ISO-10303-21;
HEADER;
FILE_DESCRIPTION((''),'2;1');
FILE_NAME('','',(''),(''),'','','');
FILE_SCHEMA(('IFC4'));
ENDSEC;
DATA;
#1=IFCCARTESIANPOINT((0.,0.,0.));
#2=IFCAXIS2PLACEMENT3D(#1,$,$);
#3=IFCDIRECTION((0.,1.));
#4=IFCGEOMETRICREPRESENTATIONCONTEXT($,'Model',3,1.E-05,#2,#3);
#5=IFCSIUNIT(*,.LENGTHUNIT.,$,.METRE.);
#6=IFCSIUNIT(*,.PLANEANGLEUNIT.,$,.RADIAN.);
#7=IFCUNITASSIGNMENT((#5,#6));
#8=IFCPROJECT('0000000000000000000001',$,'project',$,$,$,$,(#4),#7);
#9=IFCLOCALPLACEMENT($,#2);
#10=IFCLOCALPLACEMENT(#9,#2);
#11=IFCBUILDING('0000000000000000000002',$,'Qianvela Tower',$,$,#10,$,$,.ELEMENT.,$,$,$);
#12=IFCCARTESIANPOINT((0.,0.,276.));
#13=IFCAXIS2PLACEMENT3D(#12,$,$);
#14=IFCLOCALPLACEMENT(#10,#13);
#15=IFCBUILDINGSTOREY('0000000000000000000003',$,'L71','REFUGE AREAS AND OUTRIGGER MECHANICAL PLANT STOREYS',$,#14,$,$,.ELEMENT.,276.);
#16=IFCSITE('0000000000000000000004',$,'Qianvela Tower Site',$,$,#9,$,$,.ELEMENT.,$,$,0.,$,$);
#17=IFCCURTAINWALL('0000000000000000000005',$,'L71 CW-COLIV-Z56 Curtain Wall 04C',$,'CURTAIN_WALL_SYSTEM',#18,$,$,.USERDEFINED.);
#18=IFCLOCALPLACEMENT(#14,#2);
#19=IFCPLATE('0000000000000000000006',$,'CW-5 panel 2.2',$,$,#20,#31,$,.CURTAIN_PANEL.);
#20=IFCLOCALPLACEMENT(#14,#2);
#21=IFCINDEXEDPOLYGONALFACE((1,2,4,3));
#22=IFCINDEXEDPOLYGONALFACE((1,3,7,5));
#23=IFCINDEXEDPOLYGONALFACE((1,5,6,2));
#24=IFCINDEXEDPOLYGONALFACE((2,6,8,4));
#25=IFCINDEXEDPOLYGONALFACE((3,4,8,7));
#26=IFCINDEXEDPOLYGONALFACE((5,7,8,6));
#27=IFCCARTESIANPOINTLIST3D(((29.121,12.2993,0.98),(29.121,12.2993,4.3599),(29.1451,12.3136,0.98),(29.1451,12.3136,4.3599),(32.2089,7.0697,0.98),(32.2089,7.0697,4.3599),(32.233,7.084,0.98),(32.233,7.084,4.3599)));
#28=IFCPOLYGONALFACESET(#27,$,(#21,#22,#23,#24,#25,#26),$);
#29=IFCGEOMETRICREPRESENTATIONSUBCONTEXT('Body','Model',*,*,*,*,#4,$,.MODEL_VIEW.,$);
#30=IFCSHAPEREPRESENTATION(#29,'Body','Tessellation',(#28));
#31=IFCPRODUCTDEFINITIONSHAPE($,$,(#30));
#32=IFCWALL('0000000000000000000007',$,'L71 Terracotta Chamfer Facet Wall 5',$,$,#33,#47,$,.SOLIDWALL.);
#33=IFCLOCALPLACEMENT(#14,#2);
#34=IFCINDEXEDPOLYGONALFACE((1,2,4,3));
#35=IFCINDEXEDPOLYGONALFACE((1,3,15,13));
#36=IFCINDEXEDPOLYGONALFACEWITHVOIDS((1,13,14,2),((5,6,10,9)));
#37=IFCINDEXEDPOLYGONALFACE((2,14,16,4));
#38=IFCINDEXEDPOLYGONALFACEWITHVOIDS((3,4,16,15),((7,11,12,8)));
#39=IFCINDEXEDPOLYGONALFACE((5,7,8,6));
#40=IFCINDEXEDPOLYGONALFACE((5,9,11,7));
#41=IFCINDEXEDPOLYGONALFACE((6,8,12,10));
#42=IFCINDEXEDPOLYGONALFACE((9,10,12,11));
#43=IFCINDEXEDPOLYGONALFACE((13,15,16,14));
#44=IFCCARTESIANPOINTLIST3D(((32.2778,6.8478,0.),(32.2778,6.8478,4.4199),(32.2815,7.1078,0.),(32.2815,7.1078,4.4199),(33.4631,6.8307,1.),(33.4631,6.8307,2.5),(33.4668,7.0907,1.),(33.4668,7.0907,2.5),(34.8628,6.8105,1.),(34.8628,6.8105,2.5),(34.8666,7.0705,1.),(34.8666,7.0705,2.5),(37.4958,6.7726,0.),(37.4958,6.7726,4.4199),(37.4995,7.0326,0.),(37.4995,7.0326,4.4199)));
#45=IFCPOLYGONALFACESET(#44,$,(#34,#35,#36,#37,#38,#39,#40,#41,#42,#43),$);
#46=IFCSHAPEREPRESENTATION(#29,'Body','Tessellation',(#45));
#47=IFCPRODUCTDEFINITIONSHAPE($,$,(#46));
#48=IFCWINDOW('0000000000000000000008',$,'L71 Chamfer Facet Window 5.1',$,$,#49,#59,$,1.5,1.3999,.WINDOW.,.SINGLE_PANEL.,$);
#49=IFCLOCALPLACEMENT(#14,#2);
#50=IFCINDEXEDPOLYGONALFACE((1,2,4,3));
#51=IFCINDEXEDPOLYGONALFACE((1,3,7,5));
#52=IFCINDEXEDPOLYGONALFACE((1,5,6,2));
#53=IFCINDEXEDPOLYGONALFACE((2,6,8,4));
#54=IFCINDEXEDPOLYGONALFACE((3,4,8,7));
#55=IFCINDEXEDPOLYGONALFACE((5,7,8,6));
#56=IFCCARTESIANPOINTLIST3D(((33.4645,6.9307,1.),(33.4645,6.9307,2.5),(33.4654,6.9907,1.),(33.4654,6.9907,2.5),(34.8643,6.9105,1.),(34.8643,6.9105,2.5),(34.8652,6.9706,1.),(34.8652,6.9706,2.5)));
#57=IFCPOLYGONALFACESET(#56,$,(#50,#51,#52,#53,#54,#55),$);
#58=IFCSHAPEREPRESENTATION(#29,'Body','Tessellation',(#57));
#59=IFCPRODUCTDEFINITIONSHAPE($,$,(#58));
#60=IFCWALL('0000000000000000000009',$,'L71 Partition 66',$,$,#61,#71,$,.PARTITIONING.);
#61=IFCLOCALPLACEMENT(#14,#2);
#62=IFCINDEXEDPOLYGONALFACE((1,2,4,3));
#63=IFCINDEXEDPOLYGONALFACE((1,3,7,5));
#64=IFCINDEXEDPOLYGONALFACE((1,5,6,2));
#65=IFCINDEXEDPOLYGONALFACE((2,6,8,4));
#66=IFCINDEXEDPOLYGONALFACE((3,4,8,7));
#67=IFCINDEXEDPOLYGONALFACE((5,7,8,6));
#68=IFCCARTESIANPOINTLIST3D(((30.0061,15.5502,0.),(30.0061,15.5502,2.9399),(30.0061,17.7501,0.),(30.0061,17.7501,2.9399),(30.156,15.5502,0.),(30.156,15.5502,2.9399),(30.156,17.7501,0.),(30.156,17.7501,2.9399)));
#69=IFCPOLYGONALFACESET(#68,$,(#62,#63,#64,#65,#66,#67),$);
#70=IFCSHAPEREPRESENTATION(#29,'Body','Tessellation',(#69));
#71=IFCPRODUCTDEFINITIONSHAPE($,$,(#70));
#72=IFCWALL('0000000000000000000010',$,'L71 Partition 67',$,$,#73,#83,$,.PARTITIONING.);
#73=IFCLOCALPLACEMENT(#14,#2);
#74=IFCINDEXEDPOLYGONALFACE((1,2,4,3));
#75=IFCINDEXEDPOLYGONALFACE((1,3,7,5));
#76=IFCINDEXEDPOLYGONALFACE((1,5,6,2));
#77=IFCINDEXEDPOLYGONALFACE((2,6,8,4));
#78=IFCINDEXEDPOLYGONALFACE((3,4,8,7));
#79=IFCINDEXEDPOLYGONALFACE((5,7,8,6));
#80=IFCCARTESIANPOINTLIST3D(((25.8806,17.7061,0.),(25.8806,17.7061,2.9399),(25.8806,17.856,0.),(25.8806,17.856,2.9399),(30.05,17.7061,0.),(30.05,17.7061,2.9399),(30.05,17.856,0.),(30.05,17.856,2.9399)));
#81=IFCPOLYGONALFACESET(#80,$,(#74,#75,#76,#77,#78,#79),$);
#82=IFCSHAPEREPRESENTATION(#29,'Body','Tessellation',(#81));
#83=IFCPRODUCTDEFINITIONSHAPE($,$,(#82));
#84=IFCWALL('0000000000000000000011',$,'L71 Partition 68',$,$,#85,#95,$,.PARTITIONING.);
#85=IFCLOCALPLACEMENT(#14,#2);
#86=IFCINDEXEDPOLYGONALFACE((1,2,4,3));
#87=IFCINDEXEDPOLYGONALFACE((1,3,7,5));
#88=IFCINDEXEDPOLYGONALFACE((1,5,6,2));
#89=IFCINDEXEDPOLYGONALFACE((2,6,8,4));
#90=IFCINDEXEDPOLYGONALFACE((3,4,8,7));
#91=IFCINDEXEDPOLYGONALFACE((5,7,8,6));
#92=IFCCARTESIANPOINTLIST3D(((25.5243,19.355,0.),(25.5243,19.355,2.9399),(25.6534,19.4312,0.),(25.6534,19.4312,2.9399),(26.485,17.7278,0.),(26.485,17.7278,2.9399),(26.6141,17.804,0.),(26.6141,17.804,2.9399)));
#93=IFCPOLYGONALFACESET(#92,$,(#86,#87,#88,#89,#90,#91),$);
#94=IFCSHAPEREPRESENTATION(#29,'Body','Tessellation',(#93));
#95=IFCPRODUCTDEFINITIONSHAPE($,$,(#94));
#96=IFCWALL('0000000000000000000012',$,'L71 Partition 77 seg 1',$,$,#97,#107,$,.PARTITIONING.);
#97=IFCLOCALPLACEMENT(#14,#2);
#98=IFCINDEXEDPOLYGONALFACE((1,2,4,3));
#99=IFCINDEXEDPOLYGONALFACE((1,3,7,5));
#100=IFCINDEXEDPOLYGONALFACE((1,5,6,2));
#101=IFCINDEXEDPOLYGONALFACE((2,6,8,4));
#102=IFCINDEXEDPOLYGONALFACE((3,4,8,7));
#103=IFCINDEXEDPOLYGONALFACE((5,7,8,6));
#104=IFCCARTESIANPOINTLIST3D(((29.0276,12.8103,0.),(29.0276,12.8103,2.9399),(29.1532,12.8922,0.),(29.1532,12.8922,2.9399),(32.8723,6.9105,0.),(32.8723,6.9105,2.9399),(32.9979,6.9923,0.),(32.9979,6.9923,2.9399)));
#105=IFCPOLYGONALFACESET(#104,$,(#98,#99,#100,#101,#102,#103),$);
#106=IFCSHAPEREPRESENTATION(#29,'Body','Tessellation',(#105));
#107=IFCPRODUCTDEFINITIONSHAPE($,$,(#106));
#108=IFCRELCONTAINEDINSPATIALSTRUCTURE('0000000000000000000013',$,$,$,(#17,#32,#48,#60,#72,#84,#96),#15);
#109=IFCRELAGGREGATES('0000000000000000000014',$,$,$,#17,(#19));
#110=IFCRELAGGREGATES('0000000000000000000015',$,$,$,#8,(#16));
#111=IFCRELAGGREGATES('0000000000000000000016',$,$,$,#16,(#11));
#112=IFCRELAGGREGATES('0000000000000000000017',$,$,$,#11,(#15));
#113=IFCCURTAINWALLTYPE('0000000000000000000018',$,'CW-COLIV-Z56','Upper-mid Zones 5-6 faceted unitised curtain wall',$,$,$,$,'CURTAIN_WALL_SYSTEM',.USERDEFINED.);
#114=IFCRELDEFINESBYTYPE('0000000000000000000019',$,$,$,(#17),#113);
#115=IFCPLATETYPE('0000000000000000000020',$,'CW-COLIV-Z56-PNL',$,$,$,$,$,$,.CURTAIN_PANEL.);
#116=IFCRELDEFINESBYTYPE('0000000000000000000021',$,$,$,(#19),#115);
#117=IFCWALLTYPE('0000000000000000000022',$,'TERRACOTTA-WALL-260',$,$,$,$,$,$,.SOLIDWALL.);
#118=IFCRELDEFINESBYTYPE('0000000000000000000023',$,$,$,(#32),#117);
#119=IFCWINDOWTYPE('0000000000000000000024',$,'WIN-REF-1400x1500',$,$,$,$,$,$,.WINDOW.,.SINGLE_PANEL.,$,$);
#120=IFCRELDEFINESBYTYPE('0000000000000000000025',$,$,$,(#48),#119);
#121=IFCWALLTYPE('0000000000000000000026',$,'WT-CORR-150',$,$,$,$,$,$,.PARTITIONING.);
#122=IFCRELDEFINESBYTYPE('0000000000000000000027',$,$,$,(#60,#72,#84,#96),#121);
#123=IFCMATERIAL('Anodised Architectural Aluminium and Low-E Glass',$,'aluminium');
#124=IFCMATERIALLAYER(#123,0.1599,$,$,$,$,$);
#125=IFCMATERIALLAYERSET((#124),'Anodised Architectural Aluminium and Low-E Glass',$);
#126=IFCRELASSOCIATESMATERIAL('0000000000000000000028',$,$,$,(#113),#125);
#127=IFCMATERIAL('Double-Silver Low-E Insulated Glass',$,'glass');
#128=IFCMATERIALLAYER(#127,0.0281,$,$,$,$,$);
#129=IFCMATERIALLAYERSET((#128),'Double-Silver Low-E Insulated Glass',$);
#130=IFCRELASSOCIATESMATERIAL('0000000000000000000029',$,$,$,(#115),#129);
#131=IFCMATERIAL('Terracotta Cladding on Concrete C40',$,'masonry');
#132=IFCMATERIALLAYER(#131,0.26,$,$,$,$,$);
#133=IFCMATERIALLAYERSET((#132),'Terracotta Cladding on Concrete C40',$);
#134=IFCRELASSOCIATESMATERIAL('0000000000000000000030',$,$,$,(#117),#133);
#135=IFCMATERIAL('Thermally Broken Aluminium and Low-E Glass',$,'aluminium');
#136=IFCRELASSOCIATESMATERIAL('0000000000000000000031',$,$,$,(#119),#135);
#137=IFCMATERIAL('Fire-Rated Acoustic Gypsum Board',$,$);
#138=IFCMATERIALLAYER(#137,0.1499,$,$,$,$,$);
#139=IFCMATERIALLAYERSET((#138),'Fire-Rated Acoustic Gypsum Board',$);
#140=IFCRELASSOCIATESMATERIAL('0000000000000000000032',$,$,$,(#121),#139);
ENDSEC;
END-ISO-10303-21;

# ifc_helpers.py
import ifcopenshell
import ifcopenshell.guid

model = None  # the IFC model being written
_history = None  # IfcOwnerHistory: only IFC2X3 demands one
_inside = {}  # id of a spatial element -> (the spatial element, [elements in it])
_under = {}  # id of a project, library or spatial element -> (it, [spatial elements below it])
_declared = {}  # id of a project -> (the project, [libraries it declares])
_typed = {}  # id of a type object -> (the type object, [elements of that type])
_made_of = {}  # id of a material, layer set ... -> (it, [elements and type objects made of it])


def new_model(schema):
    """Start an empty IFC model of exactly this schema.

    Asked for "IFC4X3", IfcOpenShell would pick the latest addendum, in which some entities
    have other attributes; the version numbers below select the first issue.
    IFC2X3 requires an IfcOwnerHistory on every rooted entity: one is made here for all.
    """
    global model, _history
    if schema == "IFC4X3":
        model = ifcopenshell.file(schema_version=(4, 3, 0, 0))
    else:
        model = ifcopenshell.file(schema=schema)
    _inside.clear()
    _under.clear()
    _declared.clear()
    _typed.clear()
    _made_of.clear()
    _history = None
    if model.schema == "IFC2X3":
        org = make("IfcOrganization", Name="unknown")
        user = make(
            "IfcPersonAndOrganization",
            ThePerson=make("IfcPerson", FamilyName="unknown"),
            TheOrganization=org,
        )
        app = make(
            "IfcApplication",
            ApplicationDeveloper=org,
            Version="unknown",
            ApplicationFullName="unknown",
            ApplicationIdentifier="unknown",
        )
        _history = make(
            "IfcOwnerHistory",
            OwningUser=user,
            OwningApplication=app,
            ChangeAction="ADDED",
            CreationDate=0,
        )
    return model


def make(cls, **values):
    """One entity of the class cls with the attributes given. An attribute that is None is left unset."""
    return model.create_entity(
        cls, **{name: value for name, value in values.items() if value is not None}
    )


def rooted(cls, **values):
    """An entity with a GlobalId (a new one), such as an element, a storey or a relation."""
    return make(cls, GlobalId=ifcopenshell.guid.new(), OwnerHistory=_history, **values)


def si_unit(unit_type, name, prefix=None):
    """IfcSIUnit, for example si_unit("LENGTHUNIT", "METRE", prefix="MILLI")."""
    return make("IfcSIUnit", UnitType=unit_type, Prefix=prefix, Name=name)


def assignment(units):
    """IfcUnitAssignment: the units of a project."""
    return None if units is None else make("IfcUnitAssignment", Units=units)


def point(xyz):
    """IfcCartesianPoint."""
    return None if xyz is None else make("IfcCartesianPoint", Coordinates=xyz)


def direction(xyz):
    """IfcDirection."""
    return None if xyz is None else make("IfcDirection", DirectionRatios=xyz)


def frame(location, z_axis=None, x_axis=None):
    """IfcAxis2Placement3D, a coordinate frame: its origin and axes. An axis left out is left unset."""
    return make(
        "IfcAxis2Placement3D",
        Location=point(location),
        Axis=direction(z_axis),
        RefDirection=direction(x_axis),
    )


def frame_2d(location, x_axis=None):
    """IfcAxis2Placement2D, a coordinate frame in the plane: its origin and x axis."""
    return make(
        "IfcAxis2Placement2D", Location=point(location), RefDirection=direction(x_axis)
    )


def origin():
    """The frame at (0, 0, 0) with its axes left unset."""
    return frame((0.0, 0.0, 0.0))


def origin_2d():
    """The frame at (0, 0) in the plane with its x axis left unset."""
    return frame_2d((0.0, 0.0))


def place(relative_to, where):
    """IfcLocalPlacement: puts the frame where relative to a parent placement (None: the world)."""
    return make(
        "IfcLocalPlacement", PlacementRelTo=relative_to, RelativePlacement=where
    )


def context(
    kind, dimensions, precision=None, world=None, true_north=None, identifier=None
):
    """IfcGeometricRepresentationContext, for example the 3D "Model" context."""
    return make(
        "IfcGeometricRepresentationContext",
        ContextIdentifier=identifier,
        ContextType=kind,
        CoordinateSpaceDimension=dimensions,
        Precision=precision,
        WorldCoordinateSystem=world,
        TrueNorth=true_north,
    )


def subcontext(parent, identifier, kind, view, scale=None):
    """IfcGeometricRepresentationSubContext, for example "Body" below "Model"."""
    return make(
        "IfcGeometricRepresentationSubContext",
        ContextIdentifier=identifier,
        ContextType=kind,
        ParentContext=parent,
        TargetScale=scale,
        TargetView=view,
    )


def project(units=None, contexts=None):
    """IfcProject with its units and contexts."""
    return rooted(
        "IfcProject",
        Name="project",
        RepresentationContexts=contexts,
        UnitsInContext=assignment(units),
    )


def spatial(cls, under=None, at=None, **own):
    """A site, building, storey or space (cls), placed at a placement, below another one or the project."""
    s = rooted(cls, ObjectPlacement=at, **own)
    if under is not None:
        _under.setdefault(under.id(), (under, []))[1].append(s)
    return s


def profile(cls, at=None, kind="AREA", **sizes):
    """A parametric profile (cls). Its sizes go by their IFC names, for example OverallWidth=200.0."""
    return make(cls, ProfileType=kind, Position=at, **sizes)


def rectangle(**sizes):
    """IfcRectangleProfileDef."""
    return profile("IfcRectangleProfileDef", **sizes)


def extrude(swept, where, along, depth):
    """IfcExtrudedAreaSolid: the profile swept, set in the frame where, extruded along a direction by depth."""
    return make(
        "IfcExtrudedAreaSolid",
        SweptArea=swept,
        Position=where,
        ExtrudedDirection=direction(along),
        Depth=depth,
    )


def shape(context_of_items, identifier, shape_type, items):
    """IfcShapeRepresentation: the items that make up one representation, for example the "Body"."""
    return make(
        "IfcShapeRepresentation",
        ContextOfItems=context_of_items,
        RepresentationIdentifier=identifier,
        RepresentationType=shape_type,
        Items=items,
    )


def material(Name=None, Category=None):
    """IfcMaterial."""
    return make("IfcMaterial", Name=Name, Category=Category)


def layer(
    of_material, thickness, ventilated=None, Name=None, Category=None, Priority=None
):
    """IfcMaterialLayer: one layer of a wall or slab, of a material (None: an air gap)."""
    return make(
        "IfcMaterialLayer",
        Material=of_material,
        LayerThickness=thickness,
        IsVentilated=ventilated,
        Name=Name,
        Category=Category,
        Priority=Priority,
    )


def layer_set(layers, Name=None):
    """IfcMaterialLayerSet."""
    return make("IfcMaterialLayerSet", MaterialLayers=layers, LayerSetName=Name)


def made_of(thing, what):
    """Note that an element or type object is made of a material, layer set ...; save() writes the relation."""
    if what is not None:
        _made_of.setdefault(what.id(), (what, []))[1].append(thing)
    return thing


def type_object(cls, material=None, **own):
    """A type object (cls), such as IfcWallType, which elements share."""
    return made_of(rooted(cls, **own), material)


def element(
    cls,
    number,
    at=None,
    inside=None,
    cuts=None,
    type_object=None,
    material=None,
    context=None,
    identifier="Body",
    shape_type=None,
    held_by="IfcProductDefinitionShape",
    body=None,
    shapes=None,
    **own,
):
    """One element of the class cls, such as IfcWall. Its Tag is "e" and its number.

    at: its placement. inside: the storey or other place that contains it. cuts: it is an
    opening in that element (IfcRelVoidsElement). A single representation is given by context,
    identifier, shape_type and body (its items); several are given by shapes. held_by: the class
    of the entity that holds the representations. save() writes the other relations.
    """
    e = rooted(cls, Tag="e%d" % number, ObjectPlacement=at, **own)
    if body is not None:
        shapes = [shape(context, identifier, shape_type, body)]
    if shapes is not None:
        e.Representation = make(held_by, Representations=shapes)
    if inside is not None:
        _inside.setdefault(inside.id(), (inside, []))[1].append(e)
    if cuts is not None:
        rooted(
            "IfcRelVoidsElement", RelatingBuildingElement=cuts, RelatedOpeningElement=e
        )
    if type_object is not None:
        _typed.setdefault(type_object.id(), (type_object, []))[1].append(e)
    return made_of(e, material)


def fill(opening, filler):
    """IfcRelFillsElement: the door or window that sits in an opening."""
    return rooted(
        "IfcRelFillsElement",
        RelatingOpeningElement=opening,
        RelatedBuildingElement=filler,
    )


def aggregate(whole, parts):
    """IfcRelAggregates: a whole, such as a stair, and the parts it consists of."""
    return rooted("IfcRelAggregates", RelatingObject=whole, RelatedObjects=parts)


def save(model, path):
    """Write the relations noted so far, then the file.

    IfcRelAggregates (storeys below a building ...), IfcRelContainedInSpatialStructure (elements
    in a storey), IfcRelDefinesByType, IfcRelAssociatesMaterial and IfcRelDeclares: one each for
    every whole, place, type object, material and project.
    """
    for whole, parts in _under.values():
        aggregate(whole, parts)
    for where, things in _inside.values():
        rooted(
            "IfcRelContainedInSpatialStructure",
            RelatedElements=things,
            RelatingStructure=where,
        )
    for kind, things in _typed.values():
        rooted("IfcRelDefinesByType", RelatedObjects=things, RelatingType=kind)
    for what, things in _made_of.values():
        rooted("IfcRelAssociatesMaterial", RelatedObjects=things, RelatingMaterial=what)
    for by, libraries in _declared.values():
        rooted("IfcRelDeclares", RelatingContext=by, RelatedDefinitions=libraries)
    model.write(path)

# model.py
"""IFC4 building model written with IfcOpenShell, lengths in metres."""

from ifc_helpers import new_model, si_unit, direction, frame, frame_2d, origin, origin_2d, place, context, subcontext, project, spatial, rectangle, extrude, material, layer, layer_set, type_object, element, fill, aggregate, save


model = new_model("IFC4")

# Units and contexts
model_context = context("Model", 3, precision=1e-05, world=origin(), true_north=direction((0.0, 1.0)))
body_context = subcontext(model_context, "Body", "Model", "MODEL_VIEW")
ifc_project = project(units=[si_unit("LENGTHUNIT", "METRE"), si_unit("PLANEANGLEUNIT", "RADIAN")], contexts=[model_context])

# Site, building, storey
site_placement = place(None, origin())
site = spatial("IfcSite", under=ifc_project, at=site_placement, Name="Qianvela Tower Site", CompositionType="ELEMENT", RefElevation=0.0)
building_placement = place(site_placement, origin())
building = spatial("IfcBuilding", under=site, at=building_placement, Name="Qianvela Tower", CompositionType="ELEMENT")
storey_placement = place(building_placement, frame((0.0, 0.0, 276.0)))
storey = spatial("IfcBuildingStorey", under=building, at=storey_placement, Name="L71", Description="REFUGE AREAS AND OUTRIGGER MECHANICAL PLANT STOREYS", CompositionType="ELEMENT", Elevation=276.0)

# Curtain wall, plate
ifc_material_1 = material(Name="Anodised Architectural Aluminium and Low-E Glass", Category="aluminium")
ifc_layer_1 = layer(ifc_material_1, 0.1599)
ifc_layer_set_1 = layer_set([ifc_layer_1], Name="Anodised Architectural Aluminium and Low-E Glass")
curtain_wall_type = type_object("IfcCurtainWallType", Name="CW-COLIV-Z56", Description="Upper-mid Zones 5-6 faceted unitised curtain wall", ElementType="CURTAIN_WALL_SYSTEM", PredefinedType="USERDEFINED", material=ifc_layer_set_1)
curtain_wall_placement = place(storey_placement, origin())
curtain_wall = element("IfcCurtainWall", 1, at=curtain_wall_placement, inside=storey, type_object=curtain_wall_type, Name="L71 CW-COLIV-Z56 Curtain Wall 04C", ObjectType="CURTAIN_WALL_SYSTEM", PredefinedType="USERDEFINED")
ifc_material_2 = material(Name="Double-Silver Low-E Insulated Glass", Category="glass")
ifc_layer_2 = layer(ifc_material_2, 0.0281)
ifc_layer_set_2 = layer_set([ifc_layer_2], Name="Double-Silver Low-E Insulated Glass")
plate_type = type_object("IfcPlateType", Name="CW-COLIV-Z56-PNL", PredefinedType="CURTAIN_PANEL", material=ifc_layer_set_2)
plate_1_placement = place(storey_placement, frame((30.677, 9.6917, 0.98), z_axis=(0.0, 0.0, 1.0), x_axis=(0.508444, -0.861095, 0.0)))
plate_1 = element("IfcPlate", 2, at=plate_1_placement, type_object=plate_type, Name="CW-5 panel 2.2", PredefinedType="CURTAIN_PANEL", context=body_context, shape_type="SweptSolid", body=[
    extrude(rectangle(XDim=6.0732, YDim=0.0281, at=origin_2d()), origin(), (0.0, 0.0, 1.0), 3.3799),
])
aggregate(curtain_wall, [plate_1])

# Wall, opening, window
ifc_material_3 = material(Name="Terracotta Cladding on Concrete C40", Category="masonry")
ifc_layer_3 = layer(ifc_material_3, 0.26)
ifc_layer_set_3 = layer_set([ifc_layer_3], Name="Terracotta Cladding on Concrete C40")
wall_type_1 = type_object("IfcWallType", Name="TERRACOTTA-WALL-260", PredefinedType="SOLIDWALL", material=ifc_layer_set_3)
wall_1_placement = place(storey_placement, frame((32.2795, 6.9778, 0.0), z_axis=(0.0, 0.0, 1.0), x_axis=(0.999896, -0.014409, 0.0)))
wall_1 = element("IfcWall", 3, at=wall_1_placement, inside=storey, type_object=wall_type_1, Name="L71 Terracotta Chamfer Facet Wall 5", PredefinedType="SOLIDWALL", context=body_context, shape_type="SweptSolid", body=[
    extrude(rectangle(XDim=5.2185, YDim=0.26, at=frame_2d((2.6094, 0.0))), origin(), (0.0, 0.0, 1.0), 4.4199),
])
opening_placement = place(wall_1_placement, frame((1.1855, 0.0, 1.0)))
opening = element("IfcOpeningElement", 4, at=opening_placement, cuts=wall_1, PredefinedType="OPENING", context=body_context, shape_type="SweptSolid", body=[
    extrude(rectangle(XDim=1.3999, YDim=1.5, at=frame_2d((0.7, 0.75))), frame((0.0, 0.1399, 0.0), z_axis=(0.0, -1.0, 0.0), x_axis=(1.0, 0.0, 0.0)), (0.0, 0.0, 1.0), 0.28),
])
ifc_material_4 = material(Name="Thermally Broken Aluminium and Low-E Glass", Category="aluminium")
window_type = type_object("IfcWindowType", Name="WIN-REF-1400x1500", PartitioningType="SINGLE_PANEL", PredefinedType="WINDOW", material=ifc_material_4)
window_placement = place(opening_placement, origin())
window = element("IfcWindow", 5, at=window_placement, inside=storey, type_object=window_type, Name="L71 Chamfer Facet Window 5.1", OverallHeight=1.5, OverallWidth=1.3999, PartitioningType="SINGLE_PANEL", PredefinedType="WINDOW", context=body_context, shape_type="SweptSolid", body=[
    extrude(rectangle(XDim=1.3999, YDim=1.5, at=frame_2d((0.7, 0.75))), frame((0.0, 0.03, 0.0), z_axis=(0.0, -1.0, 0.0), x_axis=(1.0, 0.0, 0.0)), (0.0, 0.0, 1.0), 0.0601),
])
fill(opening, window)

# Walls
ifc_material_5 = material(Name="Fire-Rated Acoustic Gypsum Board")
ifc_layer_4 = layer(ifc_material_5, 0.1499)
ifc_layer_set_4 = layer_set([ifc_layer_4], Name="Fire-Rated Acoustic Gypsum Board")
wall_type_2 = type_object("IfcWallType", Name="WT-CORR-150", PredefinedType="PARTITIONING", material=ifc_layer_set_4)
wall_2_placement = place(storey_placement, frame((30.0811, 15.55, 0.0), z_axis=(0.0, 0.0, 1.0), x_axis=(0.0, 1.0, 0.0)))
element("IfcWall", 6, at=wall_2_placement, inside=storey, type_object=wall_type_2, Name="L71 Partition 66", PredefinedType="PARTITIONING", context=body_context, shape_type="SweptSolid", body=[
    extrude(rectangle(XDim=2.2, YDim=0.1499, at=frame_2d((1.1001, 0.0))), origin(), (0.0, 0.0, 1.0), 2.9399),
])
wall_3_placement = place(storey_placement, frame((30.05, 17.781, 0.0), z_axis=(0.0, 0.0, 1.0), x_axis=(-1.0, 0.0, 0.0)))
element("IfcWall", 7, at=wall_3_placement, inside=storey, type_object=wall_type_2, Name="L71 Partition 67", PredefinedType="PARTITIONING", context=body_context, shape_type="SweptSolid", body=[
    extrude(rectangle(XDim=4.1694, YDim=0.1499, at=frame_2d((2.0847, 0.0))), origin(), (0.0, 0.0, 1.0), 2.9399),
])
wall_4_placement = place(storey_placement, frame((26.5496, 17.7659, 0.0), z_axis=(0.0, 0.0, 1.0), x_axis=(-0.508403, 0.861119, 0.0)))
element("IfcWall", 8, at=wall_4_placement, inside=storey, type_object=wall_type_2, Name="L71 Partition 68", PredefinedType="PARTITIONING", context=body_context, shape_type="SweptSolid", body=[
    extrude(rectangle(XDim=1.8896, YDim=0.1499, at=frame_2d((0.9448, 0.0))), origin(), (0.0, 0.0, 1.0), 2.9399),
])
wall_5_placement = place(storey_placement, frame((32.9351, 6.9514, 0.0), z_axis=(0.0, 0.0, 1.0), x_axis=(-0.545965, 0.837808, 0.0)))
element("IfcWall", 9, at=wall_5_placement, inside=storey, type_object=wall_type_2, Name="L71 Partition 77 seg 1", PredefinedType="PARTITIONING", context=body_context, shape_type="SweptSolid", body=[
    extrude(rectangle(XDim=7.042, YDim=0.1499, at=frame_2d((3.521, 0.0))), origin(), (0.0, 0.0, 1.0), 2.9399),
])

save(model, "model.ifc")
